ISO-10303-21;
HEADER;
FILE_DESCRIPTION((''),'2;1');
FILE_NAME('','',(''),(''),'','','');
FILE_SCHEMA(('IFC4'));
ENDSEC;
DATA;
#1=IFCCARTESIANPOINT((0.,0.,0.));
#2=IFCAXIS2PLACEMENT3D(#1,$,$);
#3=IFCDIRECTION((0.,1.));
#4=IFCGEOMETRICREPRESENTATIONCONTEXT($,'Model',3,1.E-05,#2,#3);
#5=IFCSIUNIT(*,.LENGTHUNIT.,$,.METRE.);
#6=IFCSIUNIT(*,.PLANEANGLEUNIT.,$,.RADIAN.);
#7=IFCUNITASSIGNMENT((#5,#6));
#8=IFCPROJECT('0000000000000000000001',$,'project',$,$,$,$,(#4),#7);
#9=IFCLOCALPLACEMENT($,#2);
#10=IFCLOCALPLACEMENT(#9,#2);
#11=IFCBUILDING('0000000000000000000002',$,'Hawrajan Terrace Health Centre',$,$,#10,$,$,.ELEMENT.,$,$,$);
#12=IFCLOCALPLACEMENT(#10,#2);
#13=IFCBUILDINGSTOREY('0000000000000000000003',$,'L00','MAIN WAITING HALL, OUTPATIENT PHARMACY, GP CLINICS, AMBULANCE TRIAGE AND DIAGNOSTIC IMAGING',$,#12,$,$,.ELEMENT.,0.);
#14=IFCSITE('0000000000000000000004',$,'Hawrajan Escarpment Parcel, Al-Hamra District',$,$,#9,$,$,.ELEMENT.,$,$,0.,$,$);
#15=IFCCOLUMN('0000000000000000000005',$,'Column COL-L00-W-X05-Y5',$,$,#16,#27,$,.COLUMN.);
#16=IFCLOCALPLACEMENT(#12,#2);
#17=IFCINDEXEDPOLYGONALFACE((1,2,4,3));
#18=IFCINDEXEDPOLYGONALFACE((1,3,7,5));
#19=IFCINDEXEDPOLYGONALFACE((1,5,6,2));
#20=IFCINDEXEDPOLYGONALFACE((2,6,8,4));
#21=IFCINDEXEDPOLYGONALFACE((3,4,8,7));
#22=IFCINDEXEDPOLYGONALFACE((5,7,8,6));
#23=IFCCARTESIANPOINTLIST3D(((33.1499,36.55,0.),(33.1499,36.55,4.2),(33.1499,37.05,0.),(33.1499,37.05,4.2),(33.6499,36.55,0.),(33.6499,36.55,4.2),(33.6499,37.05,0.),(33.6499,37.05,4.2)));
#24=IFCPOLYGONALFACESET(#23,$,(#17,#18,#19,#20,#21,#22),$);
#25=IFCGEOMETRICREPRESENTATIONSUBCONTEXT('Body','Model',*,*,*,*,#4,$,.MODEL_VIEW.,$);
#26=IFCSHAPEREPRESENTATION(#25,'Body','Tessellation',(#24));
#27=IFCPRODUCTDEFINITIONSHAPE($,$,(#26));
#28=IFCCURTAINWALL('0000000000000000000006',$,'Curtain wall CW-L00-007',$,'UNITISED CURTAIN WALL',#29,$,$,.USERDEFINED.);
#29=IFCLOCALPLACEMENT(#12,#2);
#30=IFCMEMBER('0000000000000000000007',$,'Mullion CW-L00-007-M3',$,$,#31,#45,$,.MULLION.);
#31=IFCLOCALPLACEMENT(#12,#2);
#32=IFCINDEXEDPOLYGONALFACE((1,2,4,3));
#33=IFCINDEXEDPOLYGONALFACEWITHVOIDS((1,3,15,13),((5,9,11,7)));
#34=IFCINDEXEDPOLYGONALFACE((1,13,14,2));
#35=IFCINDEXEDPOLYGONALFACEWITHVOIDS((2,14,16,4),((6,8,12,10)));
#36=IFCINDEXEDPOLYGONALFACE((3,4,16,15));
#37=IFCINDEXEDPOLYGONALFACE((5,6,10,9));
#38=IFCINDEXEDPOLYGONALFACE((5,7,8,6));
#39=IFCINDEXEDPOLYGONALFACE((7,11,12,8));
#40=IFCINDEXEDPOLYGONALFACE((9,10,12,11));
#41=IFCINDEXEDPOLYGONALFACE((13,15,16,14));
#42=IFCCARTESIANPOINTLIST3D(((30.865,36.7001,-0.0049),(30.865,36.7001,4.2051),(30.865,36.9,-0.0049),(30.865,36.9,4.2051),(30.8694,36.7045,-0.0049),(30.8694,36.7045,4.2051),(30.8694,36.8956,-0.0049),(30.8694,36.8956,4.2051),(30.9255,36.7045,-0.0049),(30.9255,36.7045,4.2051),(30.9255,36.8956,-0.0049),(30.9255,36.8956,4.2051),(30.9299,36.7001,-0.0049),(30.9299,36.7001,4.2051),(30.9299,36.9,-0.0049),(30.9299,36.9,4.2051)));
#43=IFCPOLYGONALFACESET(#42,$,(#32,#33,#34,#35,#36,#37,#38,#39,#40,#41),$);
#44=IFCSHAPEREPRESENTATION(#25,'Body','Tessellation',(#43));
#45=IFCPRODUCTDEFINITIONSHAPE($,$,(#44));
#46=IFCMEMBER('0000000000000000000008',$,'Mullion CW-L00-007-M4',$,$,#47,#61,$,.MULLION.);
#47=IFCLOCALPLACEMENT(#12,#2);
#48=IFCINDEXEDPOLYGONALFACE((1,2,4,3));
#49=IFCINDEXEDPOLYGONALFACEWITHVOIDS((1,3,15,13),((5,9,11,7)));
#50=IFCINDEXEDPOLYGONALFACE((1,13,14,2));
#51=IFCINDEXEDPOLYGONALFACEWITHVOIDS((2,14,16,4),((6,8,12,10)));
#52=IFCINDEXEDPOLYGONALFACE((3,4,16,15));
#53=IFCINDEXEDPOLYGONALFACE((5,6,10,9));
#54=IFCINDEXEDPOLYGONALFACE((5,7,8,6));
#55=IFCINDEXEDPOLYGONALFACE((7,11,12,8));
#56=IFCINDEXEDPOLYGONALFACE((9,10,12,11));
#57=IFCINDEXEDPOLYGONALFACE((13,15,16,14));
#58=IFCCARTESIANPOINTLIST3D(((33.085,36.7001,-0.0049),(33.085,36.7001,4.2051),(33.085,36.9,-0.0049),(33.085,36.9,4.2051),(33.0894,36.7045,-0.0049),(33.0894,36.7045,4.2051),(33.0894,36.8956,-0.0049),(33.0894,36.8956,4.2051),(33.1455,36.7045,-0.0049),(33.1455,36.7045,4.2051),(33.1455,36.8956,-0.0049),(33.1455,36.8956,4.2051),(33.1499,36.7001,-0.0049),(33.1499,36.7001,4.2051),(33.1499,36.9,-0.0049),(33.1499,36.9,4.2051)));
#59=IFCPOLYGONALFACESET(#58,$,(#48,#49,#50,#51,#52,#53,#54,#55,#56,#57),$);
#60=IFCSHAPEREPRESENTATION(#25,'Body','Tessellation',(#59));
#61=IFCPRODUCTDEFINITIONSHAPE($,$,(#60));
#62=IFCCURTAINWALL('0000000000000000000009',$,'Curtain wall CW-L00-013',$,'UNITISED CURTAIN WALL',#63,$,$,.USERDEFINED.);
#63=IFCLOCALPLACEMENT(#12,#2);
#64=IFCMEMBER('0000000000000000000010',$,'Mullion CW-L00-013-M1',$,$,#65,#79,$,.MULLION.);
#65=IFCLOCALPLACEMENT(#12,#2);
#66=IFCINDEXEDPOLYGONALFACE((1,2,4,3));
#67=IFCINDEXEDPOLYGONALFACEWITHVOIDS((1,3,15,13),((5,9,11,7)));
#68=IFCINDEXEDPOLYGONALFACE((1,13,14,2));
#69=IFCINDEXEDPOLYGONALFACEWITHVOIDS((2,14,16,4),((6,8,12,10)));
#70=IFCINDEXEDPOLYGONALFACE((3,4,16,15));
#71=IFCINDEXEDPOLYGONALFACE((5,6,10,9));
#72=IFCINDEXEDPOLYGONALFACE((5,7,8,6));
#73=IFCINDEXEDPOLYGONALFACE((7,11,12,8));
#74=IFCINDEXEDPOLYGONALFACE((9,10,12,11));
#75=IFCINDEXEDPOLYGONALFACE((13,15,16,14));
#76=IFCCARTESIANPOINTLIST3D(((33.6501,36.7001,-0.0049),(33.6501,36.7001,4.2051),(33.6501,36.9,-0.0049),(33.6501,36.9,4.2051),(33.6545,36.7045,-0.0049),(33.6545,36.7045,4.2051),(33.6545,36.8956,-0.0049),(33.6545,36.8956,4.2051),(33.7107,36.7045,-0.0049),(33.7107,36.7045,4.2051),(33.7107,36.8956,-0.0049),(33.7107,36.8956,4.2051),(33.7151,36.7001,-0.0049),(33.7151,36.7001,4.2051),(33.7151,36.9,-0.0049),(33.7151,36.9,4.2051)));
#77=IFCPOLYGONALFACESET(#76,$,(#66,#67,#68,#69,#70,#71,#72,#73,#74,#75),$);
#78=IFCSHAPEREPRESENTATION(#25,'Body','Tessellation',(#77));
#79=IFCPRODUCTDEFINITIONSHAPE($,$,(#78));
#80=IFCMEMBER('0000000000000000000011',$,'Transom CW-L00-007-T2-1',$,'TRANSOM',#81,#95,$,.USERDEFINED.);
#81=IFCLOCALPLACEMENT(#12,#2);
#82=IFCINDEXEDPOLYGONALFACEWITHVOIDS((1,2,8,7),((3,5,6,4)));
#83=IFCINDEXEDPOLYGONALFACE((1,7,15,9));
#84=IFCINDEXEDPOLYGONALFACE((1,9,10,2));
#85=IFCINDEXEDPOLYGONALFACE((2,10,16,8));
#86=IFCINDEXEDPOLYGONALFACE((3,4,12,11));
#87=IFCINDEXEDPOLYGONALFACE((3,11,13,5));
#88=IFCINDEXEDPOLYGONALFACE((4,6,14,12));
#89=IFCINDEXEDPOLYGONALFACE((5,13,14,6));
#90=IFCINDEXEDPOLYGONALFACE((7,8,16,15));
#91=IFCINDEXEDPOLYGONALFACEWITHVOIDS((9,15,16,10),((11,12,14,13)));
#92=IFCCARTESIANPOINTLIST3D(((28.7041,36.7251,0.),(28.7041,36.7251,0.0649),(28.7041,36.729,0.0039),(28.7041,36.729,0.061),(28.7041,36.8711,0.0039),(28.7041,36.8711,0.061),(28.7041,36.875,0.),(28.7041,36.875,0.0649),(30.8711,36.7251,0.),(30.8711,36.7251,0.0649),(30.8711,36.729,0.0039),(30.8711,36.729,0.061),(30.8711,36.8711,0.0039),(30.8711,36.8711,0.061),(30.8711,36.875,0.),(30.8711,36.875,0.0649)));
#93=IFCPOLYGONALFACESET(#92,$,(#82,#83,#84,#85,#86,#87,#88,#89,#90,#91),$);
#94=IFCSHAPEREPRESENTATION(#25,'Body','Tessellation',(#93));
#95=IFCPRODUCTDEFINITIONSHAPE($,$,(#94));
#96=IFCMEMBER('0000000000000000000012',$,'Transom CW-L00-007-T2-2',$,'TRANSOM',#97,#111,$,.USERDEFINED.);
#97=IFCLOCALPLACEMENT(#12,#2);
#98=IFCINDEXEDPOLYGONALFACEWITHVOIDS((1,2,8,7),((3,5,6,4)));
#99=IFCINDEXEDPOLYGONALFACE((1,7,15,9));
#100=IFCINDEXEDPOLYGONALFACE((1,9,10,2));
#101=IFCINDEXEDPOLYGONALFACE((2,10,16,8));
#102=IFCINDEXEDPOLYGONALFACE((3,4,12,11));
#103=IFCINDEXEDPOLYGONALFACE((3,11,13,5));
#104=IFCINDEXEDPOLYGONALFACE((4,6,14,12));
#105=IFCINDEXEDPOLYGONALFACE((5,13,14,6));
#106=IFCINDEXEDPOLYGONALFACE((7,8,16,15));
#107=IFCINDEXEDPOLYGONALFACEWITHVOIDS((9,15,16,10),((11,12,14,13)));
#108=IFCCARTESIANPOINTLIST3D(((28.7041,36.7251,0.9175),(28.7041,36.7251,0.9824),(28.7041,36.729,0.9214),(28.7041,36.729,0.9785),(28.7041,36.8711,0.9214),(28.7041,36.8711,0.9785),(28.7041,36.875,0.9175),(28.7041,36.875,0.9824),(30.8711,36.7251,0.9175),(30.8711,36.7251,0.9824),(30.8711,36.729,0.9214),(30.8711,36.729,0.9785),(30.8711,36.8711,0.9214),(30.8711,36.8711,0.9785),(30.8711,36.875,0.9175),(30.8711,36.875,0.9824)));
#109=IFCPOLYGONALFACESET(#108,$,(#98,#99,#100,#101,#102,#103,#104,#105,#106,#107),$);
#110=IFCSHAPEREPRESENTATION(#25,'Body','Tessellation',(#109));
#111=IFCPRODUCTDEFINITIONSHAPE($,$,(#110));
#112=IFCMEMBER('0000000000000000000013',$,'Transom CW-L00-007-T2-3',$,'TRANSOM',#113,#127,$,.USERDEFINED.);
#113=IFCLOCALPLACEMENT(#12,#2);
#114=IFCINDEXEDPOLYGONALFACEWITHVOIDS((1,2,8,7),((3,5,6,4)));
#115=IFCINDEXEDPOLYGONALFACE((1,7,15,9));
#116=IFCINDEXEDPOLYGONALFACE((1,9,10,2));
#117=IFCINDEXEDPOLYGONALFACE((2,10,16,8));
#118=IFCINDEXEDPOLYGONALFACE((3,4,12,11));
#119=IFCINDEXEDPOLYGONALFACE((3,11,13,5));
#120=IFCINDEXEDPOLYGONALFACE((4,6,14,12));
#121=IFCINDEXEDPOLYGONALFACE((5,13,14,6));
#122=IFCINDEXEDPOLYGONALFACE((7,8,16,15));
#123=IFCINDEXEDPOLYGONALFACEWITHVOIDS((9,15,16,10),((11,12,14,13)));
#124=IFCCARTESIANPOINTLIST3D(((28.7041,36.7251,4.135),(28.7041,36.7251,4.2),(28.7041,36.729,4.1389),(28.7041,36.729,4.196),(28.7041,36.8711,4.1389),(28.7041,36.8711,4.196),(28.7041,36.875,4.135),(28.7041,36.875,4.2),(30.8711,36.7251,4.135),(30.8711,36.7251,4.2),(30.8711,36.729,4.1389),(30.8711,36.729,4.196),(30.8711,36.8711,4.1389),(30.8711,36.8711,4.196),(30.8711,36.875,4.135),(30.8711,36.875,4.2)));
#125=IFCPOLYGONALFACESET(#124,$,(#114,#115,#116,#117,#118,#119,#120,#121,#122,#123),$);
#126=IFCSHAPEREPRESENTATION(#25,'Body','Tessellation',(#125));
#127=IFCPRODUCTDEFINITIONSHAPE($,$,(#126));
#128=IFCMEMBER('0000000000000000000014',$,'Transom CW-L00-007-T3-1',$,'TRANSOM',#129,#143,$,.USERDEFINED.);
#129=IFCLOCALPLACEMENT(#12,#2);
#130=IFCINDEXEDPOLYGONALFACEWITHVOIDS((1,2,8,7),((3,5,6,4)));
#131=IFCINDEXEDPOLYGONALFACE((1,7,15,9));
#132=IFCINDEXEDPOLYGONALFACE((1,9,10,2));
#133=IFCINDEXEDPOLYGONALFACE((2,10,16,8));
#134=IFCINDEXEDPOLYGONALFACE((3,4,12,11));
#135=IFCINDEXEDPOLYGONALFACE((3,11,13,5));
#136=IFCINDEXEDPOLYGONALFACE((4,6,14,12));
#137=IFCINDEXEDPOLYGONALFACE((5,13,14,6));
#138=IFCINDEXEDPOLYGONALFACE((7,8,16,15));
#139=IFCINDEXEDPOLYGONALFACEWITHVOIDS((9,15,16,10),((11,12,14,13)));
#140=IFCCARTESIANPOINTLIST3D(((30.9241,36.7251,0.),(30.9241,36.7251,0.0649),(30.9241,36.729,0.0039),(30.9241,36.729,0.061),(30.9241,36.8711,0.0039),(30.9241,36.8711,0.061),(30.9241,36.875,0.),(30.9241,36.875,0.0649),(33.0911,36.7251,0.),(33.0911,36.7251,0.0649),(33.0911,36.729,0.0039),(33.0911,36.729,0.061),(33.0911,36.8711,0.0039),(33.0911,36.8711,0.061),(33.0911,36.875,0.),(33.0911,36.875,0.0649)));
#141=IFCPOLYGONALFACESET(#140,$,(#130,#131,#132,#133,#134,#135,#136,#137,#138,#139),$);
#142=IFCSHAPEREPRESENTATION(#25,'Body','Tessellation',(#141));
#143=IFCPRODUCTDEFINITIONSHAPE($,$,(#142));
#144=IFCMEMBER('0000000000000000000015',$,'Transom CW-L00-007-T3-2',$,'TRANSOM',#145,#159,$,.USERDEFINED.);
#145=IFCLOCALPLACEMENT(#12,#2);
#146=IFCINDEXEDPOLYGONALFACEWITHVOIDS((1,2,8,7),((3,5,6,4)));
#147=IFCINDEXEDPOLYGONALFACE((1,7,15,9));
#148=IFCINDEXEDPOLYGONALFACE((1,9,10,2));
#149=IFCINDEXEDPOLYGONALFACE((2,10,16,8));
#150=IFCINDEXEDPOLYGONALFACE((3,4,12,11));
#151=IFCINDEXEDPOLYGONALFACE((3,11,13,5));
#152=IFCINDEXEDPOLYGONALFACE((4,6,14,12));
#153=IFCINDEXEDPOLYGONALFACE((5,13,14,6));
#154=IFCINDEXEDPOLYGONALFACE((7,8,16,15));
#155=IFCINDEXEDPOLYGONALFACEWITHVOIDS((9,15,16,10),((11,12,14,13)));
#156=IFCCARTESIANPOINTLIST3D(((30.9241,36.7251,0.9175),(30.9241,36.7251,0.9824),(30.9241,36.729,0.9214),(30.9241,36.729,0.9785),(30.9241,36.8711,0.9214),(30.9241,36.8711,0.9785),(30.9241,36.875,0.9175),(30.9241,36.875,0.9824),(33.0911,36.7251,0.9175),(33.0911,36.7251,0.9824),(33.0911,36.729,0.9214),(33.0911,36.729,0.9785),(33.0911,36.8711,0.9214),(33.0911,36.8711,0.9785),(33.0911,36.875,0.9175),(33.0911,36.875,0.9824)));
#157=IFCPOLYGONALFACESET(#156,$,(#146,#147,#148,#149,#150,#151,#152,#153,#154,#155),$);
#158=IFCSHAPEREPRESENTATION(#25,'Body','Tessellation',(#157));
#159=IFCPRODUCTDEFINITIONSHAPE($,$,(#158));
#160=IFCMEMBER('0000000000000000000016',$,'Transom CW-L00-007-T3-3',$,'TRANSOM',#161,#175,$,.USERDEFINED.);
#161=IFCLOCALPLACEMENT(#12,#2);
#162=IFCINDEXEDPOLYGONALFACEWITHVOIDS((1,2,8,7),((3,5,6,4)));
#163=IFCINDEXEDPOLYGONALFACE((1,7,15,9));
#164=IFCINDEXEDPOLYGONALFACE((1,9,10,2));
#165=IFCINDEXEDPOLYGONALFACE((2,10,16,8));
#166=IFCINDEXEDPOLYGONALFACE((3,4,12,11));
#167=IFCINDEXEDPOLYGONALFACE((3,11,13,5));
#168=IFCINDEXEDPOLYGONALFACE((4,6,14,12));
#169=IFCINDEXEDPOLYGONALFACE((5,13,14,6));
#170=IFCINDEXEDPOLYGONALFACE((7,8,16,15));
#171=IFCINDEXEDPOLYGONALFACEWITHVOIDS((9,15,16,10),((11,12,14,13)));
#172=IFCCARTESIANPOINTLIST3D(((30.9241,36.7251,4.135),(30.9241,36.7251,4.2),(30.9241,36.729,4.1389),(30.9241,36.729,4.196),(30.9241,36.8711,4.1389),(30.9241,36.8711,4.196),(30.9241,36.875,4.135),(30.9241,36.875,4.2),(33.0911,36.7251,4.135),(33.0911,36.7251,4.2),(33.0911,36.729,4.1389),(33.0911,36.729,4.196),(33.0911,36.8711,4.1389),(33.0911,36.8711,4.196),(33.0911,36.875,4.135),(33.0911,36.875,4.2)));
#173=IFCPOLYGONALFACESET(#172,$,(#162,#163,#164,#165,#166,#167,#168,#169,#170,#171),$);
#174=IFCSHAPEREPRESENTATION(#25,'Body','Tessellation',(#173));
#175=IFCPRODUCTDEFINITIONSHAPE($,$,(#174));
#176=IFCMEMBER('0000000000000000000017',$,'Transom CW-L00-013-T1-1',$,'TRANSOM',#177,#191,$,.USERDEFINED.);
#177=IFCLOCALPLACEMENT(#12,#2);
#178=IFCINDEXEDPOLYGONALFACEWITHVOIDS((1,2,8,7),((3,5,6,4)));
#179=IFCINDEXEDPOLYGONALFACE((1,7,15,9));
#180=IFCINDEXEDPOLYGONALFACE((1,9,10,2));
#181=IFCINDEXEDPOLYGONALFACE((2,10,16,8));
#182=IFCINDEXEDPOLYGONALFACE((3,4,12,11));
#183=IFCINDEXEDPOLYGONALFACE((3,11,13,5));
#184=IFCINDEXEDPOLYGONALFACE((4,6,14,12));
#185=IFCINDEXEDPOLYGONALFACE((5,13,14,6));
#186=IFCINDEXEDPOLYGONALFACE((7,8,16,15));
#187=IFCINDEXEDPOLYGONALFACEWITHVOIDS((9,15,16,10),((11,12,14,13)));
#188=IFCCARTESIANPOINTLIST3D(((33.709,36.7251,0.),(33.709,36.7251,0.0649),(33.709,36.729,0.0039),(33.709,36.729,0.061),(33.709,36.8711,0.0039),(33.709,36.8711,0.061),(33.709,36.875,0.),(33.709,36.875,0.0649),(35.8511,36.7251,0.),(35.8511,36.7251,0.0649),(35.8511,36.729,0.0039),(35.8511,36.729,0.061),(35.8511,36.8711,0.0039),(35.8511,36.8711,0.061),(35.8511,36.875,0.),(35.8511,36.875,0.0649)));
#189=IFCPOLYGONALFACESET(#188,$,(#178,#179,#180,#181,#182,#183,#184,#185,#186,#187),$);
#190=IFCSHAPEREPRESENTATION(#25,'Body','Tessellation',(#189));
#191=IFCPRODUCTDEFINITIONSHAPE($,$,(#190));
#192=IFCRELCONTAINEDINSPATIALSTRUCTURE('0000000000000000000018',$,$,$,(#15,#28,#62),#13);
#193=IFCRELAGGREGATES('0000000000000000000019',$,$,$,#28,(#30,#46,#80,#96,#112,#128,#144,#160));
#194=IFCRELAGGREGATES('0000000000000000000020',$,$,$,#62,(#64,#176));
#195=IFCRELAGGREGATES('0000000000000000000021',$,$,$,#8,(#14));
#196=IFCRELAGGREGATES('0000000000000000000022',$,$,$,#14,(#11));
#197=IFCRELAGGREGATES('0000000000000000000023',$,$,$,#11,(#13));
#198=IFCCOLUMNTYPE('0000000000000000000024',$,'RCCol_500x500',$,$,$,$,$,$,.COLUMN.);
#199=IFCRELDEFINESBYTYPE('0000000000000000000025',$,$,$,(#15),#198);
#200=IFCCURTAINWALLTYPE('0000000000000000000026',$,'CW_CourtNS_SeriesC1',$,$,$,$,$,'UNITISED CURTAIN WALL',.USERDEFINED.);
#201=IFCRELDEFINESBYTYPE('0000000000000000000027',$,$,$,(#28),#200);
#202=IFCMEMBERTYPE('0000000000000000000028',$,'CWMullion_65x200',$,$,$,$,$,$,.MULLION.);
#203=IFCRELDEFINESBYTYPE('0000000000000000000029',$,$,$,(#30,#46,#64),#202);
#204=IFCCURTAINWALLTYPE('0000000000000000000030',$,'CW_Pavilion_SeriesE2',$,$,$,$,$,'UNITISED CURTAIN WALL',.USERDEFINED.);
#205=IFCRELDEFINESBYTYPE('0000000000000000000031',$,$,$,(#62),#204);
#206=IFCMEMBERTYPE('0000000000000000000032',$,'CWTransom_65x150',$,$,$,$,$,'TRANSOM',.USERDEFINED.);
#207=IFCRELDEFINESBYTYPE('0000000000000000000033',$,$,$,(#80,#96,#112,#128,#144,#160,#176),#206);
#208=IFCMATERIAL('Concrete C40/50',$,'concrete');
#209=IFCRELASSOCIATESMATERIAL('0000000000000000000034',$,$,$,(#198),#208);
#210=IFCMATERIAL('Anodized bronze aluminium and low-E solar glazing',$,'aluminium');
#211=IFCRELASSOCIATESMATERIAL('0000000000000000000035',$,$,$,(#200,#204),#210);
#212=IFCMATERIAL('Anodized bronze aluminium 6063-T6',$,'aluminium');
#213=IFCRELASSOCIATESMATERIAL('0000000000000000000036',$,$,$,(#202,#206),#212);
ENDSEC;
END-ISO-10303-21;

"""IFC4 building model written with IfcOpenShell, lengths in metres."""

from ifc_helpers import new_model, si_unit, direction, frame, origin, origin_2d, place, context, subcontext, project, spatial, rectangle, hollow_rectangle, extrude, material, material_profile, profile_set, type_object, element, aggregate, save


model = new_model("IFC4")

# Units and contexts
model_context = context("Model", 3, precision=1e-05, world=origin(), true_north=direction((0.0, 1.0)))
body_context = subcontext(model_context, "Body", "Model", "MODEL_VIEW")
ifc_project = project(units=[si_unit("LENGTHUNIT", "METRE"), si_unit("PLANEANGLEUNIT", "RADIAN")], contexts=[model_context])

# Site, building, storey
site_placement = place(None, origin())
site = spatial("IfcSite", under=ifc_project, at=site_placement, Name="Hawrajan Escarpment Parcel, Al-Hamra District", CompositionType="ELEMENT", RefElevation=0.0)
building_placement = place(site_placement, origin())
building = spatial("IfcBuilding", under=site, at=building_placement, Name="Hawrajan Terrace Health Centre", CompositionType="ELEMENT")
storey_placement = place(building_placement, origin())
storey = spatial("IfcBuildingStorey", under=building, at=storey_placement, Name="L00", Description="MAIN WAITING HALL, OUTPATIENT PHARMACY, GP CLINICS, AMBULANCE TRIAGE AND DIAGNOSTIC IMAGING", CompositionType="ELEMENT", Elevation=0.0)

# Column
ifc_material_1 = material(Name="Concrete C40/50", Category="concrete")
ifc_material_profile_1 = material_profile(ifc_material_1, rectangle(XDim=0.5, YDim=0.5, at=origin_2d()), Name="RC 500x500")
ifc_profile_set_1 = profile_set([ifc_material_profile_1], Name="Concrete C40/50")
column_type = type_object("IfcColumnType", Name="RCCol_500x500", PredefinedType="COLUMN", material=ifc_profile_set_1)
column_placement = place(storey_placement, frame((33.3999, 36.8, 0.0), z_axis=(0.0, 0.0, 1.0), x_axis=(1.0, 0.0, 0.0)))
element("IfcColumn", 1, at=column_placement, inside=storey, type_object=column_type, Name="Column COL-L00-W-X05-Y5", PredefinedType="COLUMN", context=body_context, shape_type="SweptSolid", body=[
    extrude(rectangle(XDim=0.5, YDim=0.5, at=origin_2d()), origin(), (0.0, 0.0, 1.0), 4.2),
])

# Curtain wall, members
ifc_material_2 = material(Name="Anodized bronze aluminium and low-E solar glazing", Category="aluminium")
curtain_wall_type_1 = type_object("IfcCurtainWallType", Name="CW_CourtNS_SeriesC1", ElementType="UNITISED CURTAIN WALL", PredefinedType="USERDEFINED", material=ifc_material_2)
curtain_wall_1_placement = place(storey_placement, origin())
curtain_wall_1 = element("IfcCurtainWall", 2, at=curtain_wall_1_placement, inside=storey, type_object=curtain_wall_type_1, Name="Curtain wall CW-L00-007", ObjectType="UNITISED CURTAIN WALL", PredefinedType="USERDEFINED")
ifc_material_3 = material(Name="Anodized bronze aluminium 6063-T6", Category="aluminium")
ifc_material_profile_2 = material_profile(ifc_material_3, hollow_rectangle(XDim=0.0649, YDim=0.2, WallThickness=0.0044, at=origin_2d()), Name="CW MUL 65x200")
ifc_profile_set_2 = profile_set([ifc_material_profile_2], Name="Anodized bronze aluminium 6063-T6")
member_type_1 = type_object("IfcMemberType", Name="CWMullion_65x200", PredefinedType="MULLION", material=ifc_profile_set_2)
member_1_placement = place(storey_placement, frame((30.8975, 36.8, -0.0049), z_axis=(0.0, 0.0, 1.0), x_axis=(1.0, 0.0, 0.0)))
member_1 = element("IfcMember", 3, at=member_1_placement, type_object=member_type_1, Name="Mullion CW-L00-007-M3", PredefinedType="MULLION", context=body_context, shape_type="SweptSolid", body=[
    extrude(hollow_rectangle(XDim=0.0649, YDim=0.2, WallThickness=0.0044, at=origin_2d()), origin(), (0.0, 0.0, 1.0), 4.21),
])
member_2_placement = place(storey_placement, frame((33.1174, 36.8, -0.0049), z_axis=(0.0, 0.0, 1.0), x_axis=(1.0, 0.0, 0.0)))
member_2 = element("IfcMember", 4, at=member_2_placement, type_object=member_type_1, Name="Mullion CW-L00-007-M4", PredefinedType="MULLION", context=body_context, shape_type="SweptSolid", body=[
    extrude(hollow_rectangle(XDim=0.0649, YDim=0.2, WallThickness=0.0044, at=origin_2d()), origin(), (0.0, 0.0, 1.0), 4.21),
])

# Curtain wall, member
curtain_wall_type_2 = type_object("IfcCurtainWallType", Name="CW_Pavilion_SeriesE2", ElementType="UNITISED CURTAIN WALL", PredefinedType="USERDEFINED", material=ifc_material_2)
curtain_wall_2_placement = place(storey_placement, origin())
curtain_wall_2 = element("IfcCurtainWall", 5, at=curtain_wall_2_placement, inside=storey, type_object=curtain_wall_type_2, Name="Curtain wall CW-L00-013", ObjectType="UNITISED CURTAIN WALL", PredefinedType="USERDEFINED")
member_3_placement = place(storey_placement, frame((33.6826, 36.8, -0.0049), z_axis=(0.0, 0.0, 1.0), x_axis=(1.0, 0.0, 0.0)))
member_3 = element("IfcMember", 6, at=member_3_placement, type_object=member_type_1, Name="Mullion CW-L00-013-M1", PredefinedType="MULLION", context=body_context, shape_type="SweptSolid", body=[
    extrude(hollow_rectangle(XDim=0.0649, YDim=0.2, WallThickness=0.0044, at=origin_2d()), origin(), (0.0, 0.0, 1.0), 4.21),
])

# Members
ifc_material_profile_3 = material_profile(ifc_material_3, hollow_rectangle(XDim=0.0649, YDim=0.1499, WallThickness=0.0039, at=origin_2d()), Name="CW TRN 65x150")
ifc_profile_set_3 = profile_set([ifc_material_profile_3], Name="Anodized bronze aluminium 6063-T6")
member_type_2 = type_object("IfcMemberType", Name="CWTransom_65x150", ElementType="TRANSOM", PredefinedType="USERDEFINED", material=ifc_profile_set_3)
member_4_placement = place(storey_placement, frame((28.7041, 36.8, 0.0325), z_axis=(1.0, 0.0, 0.0), x_axis=(0.0, 0.0, 1.0)))
member_4 = element("IfcMember", 7, at=member_4_placement, type_object=member_type_2, Name="Transom CW-L00-007-T2-1", ObjectType="TRANSOM", PredefinedType="USERDEFINED", context=body_context, shape_type="SweptSolid", body=[
    extrude(hollow_rectangle(XDim=0.0649, YDim=0.1499, WallThickness=0.0039, at=origin_2d()), origin(), (0.0, 0.0, 1.0), 2.167),
])
member_5_placement = place(storey_placement, frame((28.7041, 36.8, 0.95), z_axis=(1.0, 0.0, 0.0), x_axis=(0.0, 0.0, 1.0)))
member_5 = element("IfcMember", 8, at=member_5_placement, type_object=member_type_2, Name="Transom CW-L00-007-T2-2", ObjectType="TRANSOM", PredefinedType="USERDEFINED", context=body_context, shape_type="SweptSolid", body=[
    extrude(hollow_rectangle(XDim=0.0649, YDim=0.1499, WallThickness=0.0039, at=origin_2d()), origin(), (0.0, 0.0, 1.0), 2.167),
])
member_6_placement = place(storey_placement, frame((28.7041, 36.8, 4.1675), z_axis=(1.0, 0.0, 0.0), x_axis=(0.0, 0.0, 1.0)))
member_6 = element("IfcMember", 9, at=member_6_placement, type_object=member_type_2, Name="Transom CW-L00-007-T2-3", ObjectType="TRANSOM", PredefinedType="USERDEFINED", context=body_context, shape_type="SweptSolid", body=[
    extrude(hollow_rectangle(XDim=0.0649, YDim=0.1499, WallThickness=0.0039, at=origin_2d()), origin(), (0.0, 0.0, 1.0), 2.167),
])
member_7_placement = place(storey_placement, frame((30.9241, 36.8, 0.0325), z_axis=(1.0, 0.0, 0.0), x_axis=(0.0, 0.0, 1.0)))
member_7 = element("IfcMember", 10, at=member_7_placement, type_object=member_type_2, Name="Transom CW-L00-007-T3-1", ObjectType="TRANSOM", PredefinedType="USERDEFINED", context=body_context, shape_type="SweptSolid", body=[
    extrude(hollow_rectangle(XDim=0.0649, YDim=0.1499, WallThickness=0.0039, at=origin_2d()), origin(), (0.0, 0.0, 1.0), 2.167),
])
member_8_placement = place(storey_placement, frame((30.9241, 36.8, 0.95), z_axis=(1.0, 0.0, 0.0), x_axis=(0.0, 0.0, 1.0)))
member_8 = element("IfcMember", 11, at=member_8_placement, type_object=member_type_2, Name="Transom CW-L00-007-T3-2", ObjectType="TRANSOM", PredefinedType="USERDEFINED", context=body_context, shape_type="SweptSolid", body=[
    extrude(hollow_rectangle(XDim=0.0649, YDim=0.1499, WallThickness=0.0039, at=origin_2d()), origin(), (0.0, 0.0, 1.0), 2.167),
])
member_9_placement = place(storey_placement, frame((30.9241, 36.8, 4.1675), z_axis=(1.0, 0.0, 0.0), x_axis=(0.0, 0.0, 1.0)))
member_9 = element("IfcMember", 12, at=member_9_placement, type_object=member_type_2, Name="Transom CW-L00-007-T3-3", ObjectType="TRANSOM", PredefinedType="USERDEFINED", context=body_context, shape_type="SweptSolid", body=[
    extrude(hollow_rectangle(XDim=0.0649, YDim=0.1499, WallThickness=0.0039, at=origin_2d()), origin(), (0.0, 0.0, 1.0), 2.167),
])
member_10_placement = place(storey_placement, frame((33.709, 36.8, 0.0325), z_axis=(1.0, 0.0, 0.0), x_axis=(0.0, 0.0, 1.0)))
member_10 = element("IfcMember", 13, at=member_10_placement, type_object=member_type_2, Name="Transom CW-L00-013-T1-1", ObjectType="TRANSOM", PredefinedType="USERDEFINED", context=body_context, shape_type="SweptSolid", body=[
    extrude(hollow_rectangle(XDim=0.0649, YDim=0.1499, WallThickness=0.0039, at=origin_2d()), origin(), (0.0, 0.0, 1.0), 2.1421),
])

aggregate(curtain_wall_1, [member_1, member_2, member_4, member_5, member_6, member_7, member_8, member_9])
aggregate(curtain_wall_2, [member_3, member_10])

save(model, "model.ifc")
